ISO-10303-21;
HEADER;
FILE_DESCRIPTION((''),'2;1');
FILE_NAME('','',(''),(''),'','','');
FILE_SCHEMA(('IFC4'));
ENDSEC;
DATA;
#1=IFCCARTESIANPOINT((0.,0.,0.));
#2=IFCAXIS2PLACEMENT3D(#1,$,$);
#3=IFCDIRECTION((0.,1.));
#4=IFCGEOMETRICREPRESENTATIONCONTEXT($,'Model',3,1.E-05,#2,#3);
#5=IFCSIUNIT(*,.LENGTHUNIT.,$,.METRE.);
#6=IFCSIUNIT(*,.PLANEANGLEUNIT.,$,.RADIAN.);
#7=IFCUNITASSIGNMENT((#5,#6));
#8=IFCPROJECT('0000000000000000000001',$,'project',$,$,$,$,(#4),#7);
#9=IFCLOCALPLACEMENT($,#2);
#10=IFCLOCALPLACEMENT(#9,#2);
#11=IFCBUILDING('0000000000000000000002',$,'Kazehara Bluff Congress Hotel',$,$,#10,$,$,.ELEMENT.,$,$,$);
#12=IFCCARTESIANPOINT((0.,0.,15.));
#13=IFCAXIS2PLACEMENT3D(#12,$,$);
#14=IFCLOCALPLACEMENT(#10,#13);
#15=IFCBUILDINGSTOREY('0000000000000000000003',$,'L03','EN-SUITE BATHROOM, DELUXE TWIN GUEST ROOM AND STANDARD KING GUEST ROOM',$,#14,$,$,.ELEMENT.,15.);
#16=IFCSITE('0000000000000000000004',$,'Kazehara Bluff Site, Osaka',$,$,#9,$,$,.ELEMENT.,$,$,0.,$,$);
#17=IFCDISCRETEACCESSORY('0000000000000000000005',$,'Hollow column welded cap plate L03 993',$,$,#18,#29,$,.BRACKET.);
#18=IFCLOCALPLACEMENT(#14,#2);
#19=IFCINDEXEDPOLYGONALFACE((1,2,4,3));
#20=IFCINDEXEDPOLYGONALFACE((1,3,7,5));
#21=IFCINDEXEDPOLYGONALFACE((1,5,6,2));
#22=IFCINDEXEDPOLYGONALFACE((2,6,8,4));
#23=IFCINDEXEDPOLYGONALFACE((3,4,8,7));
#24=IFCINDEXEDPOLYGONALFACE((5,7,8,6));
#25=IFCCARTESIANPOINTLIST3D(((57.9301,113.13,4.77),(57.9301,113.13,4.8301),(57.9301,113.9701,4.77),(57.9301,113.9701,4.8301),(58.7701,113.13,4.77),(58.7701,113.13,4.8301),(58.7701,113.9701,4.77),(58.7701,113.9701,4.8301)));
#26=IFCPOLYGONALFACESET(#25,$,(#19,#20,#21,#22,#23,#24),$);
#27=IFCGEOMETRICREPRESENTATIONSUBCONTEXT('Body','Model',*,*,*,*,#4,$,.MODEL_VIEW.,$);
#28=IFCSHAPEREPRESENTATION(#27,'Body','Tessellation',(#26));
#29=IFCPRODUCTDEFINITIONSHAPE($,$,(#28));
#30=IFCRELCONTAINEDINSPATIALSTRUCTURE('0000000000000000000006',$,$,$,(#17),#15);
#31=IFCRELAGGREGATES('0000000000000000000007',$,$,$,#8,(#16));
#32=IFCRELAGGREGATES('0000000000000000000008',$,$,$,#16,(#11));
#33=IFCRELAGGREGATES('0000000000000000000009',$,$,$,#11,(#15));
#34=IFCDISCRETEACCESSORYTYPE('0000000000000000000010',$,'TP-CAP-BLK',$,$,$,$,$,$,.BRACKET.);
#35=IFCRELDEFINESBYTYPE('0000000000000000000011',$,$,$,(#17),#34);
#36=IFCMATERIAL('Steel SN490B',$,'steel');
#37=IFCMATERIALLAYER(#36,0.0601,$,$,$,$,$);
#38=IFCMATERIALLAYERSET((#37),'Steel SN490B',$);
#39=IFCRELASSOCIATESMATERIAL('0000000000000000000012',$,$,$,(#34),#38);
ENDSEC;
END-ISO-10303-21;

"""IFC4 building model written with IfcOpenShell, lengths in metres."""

from ifc_helpers import new_model, si_unit, direction, frame, origin, origin_2d, place, context, subcontext, project, spatial, rectangle, extrude, material, layer, layer_set, type_object, element, save


model = new_model("IFC4")

# Units and contexts
model_context = context("Model", 3, precision=1e-05, world=origin(), true_north=direction((0.0, 1.0)))
body_context = subcontext(model_context, "Body", "Model", "MODEL_VIEW")
ifc_project = project(units=[si_unit("LENGTHUNIT", "METRE"), si_unit("PLANEANGLEUNIT", "RADIAN")], contexts=[model_context])

# Site, building, storey
site_placement = place(None, origin())
site = spatial("IfcSite", under=ifc_project, at=site_placement, Name="Kazehara Bluff Site, Osaka", CompositionType="ELEMENT", RefElevation=0.0)
building_placement = place(site_placement, origin())
building = spatial("IfcBuilding", under=site, at=building_placement, Name="Kazehara Bluff Congress Hotel", CompositionType="ELEMENT")
storey_placement = place(building_placement, frame((0.0, 0.0, 15.0)))
storey = spatial("IfcBuildingStorey", under=building, at=storey_placement, Name="L03", Description="EN-SUITE BATHROOM, DELUXE TWIN GUEST ROOM AND STANDARD KING GUEST ROOM", CompositionType="ELEMENT", Elevation=15.0)

# Discrete accessory
ifc_material_1 = material(Name="Steel SN490B", Category="steel")
ifc_layer_1 = layer(ifc_material_1, 0.0601)
ifc_layer_set_1 = layer_set([ifc_layer_1], Name="Steel SN490B")
discrete_accessory_type = type_object("IfcDiscreteAccessoryType", Name="TP-CAP-BLK", PredefinedType="BRACKET", material=ifc_layer_set_1)
for number, where, z_axis, x_axis, name in (
    (1, (58.3501, 113.55, 4.77), (0.0, 0.0, 1.0), (1.0, 0.0, 0.0), "Hollow column welded cap plate L03 993"),
):
    element("IfcDiscreteAccessory", number, at=place(storey_placement, frame(where, z_axis=z_axis, x_axis=x_axis)), inside=storey, type_object=discrete_accessory_type, Name=name, PredefinedType="BRACKET", context=body_context, shape_type="SweptSolid", body=[
        extrude(rectangle(XDim=0.8401, YDim=0.8401, at=origin_2d()), origin(), (0.0, 0.0, 1.0), 0.0601),
    ])

save(model, "model.ifc")
